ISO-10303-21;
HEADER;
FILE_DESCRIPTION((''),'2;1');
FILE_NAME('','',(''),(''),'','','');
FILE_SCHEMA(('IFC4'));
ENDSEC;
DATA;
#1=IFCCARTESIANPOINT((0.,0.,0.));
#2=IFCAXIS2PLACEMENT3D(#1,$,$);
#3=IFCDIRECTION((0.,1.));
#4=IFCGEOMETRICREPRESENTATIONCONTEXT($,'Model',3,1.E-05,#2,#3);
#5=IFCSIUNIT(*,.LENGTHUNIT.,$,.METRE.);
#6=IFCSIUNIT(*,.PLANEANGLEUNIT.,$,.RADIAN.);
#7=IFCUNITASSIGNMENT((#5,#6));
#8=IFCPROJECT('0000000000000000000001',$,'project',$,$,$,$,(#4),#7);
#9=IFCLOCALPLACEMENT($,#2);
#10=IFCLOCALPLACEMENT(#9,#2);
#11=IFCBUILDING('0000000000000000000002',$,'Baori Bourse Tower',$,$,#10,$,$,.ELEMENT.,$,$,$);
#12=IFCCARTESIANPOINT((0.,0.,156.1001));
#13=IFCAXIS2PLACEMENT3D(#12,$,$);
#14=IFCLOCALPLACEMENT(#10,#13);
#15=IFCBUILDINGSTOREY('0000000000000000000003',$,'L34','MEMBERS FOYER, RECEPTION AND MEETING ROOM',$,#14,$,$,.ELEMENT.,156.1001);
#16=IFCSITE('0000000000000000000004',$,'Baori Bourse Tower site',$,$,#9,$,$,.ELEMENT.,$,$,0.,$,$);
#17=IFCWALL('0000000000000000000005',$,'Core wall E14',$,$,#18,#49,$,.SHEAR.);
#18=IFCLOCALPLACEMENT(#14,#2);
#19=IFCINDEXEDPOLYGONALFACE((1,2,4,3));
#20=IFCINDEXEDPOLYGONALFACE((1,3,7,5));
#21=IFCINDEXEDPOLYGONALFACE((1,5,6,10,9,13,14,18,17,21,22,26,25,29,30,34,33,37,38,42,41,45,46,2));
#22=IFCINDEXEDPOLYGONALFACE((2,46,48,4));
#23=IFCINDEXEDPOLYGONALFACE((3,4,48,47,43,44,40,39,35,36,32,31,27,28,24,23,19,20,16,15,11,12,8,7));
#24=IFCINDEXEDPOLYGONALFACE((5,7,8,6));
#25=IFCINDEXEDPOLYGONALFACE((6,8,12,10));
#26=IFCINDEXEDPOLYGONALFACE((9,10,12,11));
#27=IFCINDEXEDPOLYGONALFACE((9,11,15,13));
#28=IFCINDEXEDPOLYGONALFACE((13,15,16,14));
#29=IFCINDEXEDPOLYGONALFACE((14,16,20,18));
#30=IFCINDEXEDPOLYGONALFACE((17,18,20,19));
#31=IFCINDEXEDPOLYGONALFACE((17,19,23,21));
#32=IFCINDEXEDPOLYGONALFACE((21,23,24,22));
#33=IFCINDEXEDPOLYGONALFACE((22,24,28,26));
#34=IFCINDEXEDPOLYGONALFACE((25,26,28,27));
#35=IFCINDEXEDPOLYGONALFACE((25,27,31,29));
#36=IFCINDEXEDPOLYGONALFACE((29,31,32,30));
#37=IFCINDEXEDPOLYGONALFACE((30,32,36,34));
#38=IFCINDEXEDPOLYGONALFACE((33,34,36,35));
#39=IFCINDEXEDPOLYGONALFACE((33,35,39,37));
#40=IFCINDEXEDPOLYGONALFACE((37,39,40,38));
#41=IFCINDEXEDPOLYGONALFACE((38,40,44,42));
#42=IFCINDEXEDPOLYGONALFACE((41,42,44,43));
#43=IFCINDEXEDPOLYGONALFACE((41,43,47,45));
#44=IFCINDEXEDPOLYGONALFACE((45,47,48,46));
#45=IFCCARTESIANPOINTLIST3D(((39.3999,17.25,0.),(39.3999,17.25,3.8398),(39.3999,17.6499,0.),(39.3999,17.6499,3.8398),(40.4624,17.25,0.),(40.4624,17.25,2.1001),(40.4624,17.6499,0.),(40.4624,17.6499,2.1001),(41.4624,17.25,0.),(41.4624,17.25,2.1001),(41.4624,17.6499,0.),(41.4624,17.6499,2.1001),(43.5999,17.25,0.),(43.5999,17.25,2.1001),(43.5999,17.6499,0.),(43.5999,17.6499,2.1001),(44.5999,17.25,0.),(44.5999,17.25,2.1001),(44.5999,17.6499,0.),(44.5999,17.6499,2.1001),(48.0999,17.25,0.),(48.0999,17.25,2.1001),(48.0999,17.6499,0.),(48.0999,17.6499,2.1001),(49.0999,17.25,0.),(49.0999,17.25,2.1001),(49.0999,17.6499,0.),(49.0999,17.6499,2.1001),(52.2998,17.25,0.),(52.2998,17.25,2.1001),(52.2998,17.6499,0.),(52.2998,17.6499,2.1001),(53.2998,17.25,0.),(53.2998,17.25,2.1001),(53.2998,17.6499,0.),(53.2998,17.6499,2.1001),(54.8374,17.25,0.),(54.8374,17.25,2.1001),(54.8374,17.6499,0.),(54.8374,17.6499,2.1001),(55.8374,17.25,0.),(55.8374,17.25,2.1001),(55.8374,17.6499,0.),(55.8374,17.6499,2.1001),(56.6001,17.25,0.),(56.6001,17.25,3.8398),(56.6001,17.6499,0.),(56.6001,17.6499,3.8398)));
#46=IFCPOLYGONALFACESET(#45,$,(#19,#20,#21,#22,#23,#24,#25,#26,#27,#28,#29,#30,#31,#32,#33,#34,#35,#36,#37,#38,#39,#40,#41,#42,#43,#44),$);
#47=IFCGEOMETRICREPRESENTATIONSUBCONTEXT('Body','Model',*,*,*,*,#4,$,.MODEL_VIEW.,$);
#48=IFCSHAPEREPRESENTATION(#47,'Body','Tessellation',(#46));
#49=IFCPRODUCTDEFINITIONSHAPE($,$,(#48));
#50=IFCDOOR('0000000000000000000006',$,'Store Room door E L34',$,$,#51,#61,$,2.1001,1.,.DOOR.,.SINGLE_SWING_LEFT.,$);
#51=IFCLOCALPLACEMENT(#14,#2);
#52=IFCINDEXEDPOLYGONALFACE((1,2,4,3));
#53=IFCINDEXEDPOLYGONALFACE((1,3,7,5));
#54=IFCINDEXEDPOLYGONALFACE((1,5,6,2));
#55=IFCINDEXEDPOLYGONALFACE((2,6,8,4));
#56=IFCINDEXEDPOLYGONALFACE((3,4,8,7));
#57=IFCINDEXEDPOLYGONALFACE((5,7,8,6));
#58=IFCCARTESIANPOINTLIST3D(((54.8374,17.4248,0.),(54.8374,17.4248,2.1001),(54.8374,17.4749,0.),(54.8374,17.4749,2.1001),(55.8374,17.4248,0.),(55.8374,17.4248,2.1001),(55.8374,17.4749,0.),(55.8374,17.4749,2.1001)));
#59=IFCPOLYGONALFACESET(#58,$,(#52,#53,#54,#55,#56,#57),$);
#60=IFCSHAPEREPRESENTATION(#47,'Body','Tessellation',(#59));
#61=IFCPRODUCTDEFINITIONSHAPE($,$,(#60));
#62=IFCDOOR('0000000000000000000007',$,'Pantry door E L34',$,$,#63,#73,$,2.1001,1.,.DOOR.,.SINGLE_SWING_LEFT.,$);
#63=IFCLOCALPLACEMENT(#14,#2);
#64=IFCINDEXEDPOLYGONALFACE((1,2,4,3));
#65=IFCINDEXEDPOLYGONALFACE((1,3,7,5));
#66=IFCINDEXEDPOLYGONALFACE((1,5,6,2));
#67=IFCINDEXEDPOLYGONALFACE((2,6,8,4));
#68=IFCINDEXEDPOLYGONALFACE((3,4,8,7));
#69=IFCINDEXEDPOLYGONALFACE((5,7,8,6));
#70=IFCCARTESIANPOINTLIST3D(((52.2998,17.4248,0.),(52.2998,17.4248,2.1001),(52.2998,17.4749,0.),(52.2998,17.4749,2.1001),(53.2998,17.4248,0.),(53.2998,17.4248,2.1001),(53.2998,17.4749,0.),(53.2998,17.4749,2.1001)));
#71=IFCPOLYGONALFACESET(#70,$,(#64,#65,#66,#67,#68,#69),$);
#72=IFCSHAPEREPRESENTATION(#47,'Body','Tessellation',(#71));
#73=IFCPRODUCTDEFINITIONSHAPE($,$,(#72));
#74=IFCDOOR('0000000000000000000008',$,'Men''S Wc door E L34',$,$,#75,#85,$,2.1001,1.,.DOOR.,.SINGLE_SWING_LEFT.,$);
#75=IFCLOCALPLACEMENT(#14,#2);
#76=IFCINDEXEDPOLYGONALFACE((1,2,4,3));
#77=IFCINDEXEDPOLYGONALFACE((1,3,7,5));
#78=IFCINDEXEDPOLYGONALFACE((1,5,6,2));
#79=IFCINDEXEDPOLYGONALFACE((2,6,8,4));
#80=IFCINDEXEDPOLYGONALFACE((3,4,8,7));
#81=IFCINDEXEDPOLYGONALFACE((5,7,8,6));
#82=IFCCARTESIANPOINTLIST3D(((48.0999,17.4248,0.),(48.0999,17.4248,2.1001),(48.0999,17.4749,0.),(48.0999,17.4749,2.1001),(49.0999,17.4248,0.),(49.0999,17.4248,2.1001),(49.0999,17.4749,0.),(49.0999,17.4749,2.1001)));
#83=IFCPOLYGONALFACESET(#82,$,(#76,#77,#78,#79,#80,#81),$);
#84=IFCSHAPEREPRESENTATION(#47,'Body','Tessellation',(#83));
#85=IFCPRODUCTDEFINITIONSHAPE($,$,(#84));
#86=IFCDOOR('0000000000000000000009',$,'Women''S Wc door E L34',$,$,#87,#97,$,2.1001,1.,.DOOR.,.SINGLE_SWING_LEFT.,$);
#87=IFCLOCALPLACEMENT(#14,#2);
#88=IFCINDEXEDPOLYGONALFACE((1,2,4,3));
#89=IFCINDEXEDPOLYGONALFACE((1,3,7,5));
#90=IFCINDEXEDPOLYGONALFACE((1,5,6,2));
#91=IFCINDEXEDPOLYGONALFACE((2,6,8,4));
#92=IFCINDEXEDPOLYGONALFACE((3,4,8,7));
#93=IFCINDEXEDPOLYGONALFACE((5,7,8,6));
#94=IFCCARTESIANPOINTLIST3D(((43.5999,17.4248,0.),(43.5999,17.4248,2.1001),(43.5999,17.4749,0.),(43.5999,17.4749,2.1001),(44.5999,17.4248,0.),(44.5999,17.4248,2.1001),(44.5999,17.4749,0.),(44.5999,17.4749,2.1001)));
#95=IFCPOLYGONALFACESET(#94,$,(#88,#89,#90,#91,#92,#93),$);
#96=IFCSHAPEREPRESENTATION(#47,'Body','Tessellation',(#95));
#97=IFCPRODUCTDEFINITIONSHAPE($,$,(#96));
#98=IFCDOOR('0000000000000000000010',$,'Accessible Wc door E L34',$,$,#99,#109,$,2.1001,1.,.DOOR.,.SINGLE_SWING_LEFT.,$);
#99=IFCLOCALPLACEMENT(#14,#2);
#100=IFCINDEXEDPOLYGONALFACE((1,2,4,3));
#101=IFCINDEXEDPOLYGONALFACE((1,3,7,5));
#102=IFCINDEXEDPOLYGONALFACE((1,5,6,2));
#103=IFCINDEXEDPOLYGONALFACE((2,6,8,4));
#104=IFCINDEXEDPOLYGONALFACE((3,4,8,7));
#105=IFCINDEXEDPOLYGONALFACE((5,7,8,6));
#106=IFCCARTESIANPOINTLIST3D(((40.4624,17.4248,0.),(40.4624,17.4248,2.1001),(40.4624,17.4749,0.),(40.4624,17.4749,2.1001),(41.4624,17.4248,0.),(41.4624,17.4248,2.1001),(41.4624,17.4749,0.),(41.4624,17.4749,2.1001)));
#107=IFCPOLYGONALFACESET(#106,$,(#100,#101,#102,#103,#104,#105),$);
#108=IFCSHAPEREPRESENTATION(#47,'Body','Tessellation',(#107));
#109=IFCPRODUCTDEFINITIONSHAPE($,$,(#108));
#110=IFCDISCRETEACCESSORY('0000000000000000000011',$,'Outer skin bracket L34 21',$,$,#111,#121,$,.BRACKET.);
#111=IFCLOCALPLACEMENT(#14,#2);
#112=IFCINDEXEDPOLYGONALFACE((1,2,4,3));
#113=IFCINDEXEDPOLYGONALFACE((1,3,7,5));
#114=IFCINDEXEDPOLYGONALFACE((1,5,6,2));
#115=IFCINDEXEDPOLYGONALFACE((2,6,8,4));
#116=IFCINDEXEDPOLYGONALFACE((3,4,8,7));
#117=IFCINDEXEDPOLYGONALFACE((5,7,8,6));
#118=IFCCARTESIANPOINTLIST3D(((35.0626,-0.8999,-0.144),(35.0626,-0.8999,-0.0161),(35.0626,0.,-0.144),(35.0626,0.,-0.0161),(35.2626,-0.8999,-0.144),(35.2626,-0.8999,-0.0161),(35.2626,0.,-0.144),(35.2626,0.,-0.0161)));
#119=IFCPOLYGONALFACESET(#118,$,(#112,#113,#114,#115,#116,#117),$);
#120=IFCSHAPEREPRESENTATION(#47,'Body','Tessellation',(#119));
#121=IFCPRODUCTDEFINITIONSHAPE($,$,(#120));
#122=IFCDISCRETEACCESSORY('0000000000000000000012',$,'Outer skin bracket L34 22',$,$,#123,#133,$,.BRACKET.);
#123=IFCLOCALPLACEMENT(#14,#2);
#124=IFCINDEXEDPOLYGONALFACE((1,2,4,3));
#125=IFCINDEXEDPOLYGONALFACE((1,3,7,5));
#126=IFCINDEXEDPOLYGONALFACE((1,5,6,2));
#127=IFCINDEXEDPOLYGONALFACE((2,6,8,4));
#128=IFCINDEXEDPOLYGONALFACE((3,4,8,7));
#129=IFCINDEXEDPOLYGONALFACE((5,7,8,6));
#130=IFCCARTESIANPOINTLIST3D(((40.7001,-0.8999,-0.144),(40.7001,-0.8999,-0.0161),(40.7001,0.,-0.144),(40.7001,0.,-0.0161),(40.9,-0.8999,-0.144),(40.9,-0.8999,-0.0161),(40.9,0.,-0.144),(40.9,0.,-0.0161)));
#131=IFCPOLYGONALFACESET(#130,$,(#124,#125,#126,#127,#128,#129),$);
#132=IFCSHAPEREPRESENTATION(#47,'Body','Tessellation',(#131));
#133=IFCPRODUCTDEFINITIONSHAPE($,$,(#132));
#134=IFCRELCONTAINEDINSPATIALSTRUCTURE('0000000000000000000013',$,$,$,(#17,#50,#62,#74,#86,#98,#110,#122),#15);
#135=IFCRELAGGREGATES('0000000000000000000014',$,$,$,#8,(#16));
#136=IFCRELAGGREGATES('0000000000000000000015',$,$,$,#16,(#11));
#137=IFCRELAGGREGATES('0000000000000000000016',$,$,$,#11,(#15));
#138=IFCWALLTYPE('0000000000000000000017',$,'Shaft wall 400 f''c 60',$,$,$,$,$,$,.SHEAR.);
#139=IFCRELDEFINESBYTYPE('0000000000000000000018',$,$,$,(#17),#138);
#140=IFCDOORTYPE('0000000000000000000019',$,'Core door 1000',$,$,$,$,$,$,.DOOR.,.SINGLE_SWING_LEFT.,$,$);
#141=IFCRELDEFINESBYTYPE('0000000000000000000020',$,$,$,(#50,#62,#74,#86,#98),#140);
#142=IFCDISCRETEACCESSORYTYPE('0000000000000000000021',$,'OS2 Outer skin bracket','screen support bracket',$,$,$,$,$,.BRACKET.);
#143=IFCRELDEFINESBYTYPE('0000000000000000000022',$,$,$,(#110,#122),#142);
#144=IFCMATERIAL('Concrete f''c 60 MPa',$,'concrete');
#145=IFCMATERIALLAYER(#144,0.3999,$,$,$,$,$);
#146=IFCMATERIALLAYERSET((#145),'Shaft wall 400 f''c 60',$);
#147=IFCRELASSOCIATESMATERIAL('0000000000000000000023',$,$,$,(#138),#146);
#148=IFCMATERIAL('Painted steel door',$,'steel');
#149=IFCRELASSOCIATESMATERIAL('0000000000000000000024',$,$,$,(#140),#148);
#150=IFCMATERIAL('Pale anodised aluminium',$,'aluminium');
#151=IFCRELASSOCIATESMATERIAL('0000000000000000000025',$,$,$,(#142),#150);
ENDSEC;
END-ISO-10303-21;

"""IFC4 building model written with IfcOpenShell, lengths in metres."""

from ifc_helpers import new_model, si_unit, direction, frame, frame_2d, origin, origin_2d, place, context, subcontext, project, spatial, rectangle, extrude, material, layer, layer_set, type_object, element, fill, save


model = new_model("IFC4")

# Units and contexts
model_context = context("Model", 3, precision=1e-05, world=origin(), true_north=direction((0.0, 1.0)))
body_context = subcontext(model_context, "Body", "Model", "MODEL_VIEW")
ifc_project = project(units=[si_unit("LENGTHUNIT", "METRE"), si_unit("PLANEANGLEUNIT", "RADIAN")], contexts=[model_context])

# Site, building, storey
site_placement = place(None, origin())
site = spatial("IfcSite", under=ifc_project, at=site_placement, Name="Baori Bourse Tower site", CompositionType="ELEMENT", RefElevation=0.0)
building_placement = place(site_placement, origin())
building = spatial("IfcBuilding", under=site, at=building_placement, Name="Baori Bourse Tower", CompositionType="ELEMENT")
storey_placement = place(building_placement, frame((0.0, 0.0, 156.1001)))
storey = spatial("IfcBuildingStorey", under=building, at=storey_placement, Name="L34", Description="MEMBERS FOYER, RECEPTION AND MEETING ROOM", CompositionType="ELEMENT", Elevation=156.1001)

# Shared definitions
ifc_material_1 = material(Name="Concrete f'c 60 MPa", Category="concrete")
ifc_layer_1 = layer(ifc_material_1, 0.3999)
ifc_layer_set_1 = layer_set([ifc_layer_1], Name="Shaft wall 400 f'c 60")
wall_type_1 = type_object("IfcWallType", Name="Shaft wall 400 f'c 60", PredefinedType="SHEAR", material=ifc_layer_set_1)

# Wall, openings, doors
wall_1_placement = place(storey_placement, frame((39.3999, 17.45, 0.0), z_axis=(0.0, 0.0, 1.0), x_axis=(1.0, 0.0, 0.0)))
wall_1 = element("IfcWall", 1, at=wall_1_placement, inside=storey, type_object=wall_type_1, Name="Core wall E14", PredefinedType="SHEAR", context=body_context, shape_type="SweptSolid", body=[
    extrude(rectangle(XDim=17.2002, YDim=0.3999, at=frame_2d((8.6001, 0.0))), origin(), (0.0, 0.0, 1.0), 3.8398),
])
opening_1_placement = place(wall_1_placement, frame((15.4375, 0.0, 0.0)))
opening_1 = element("IfcOpeningElement", 2, at=opening_1_placement, cuts=wall_1, PredefinedType="OPENING", context=body_context, shape_type="SweptSolid", body=[
    extrude(rectangle(XDim=1.0, YDim=2.1001, at=frame_2d((0.5, 1.05))), frame((0.0, 0.21, 0.0), z_axis=(0.0, -1.0, 0.0), x_axis=(1.0, 0.0, 0.0)), (0.0, 0.0, 1.0), 0.4199),
])
opening_2_placement = place(wall_1_placement, frame((12.8999, 0.0, 0.0)))
opening_2 = element("IfcOpeningElement", 3, at=opening_2_placement, cuts=wall_1, PredefinedType="OPENING", context=body_context, shape_type="SweptSolid", body=[
    extrude(rectangle(XDim=1.0, YDim=2.1001, at=frame_2d((0.5, 1.05))), frame((0.0, 0.21, 0.0), z_axis=(0.0, -1.0, 0.0), x_axis=(1.0, 0.0, 0.0)), (0.0, 0.0, 1.0), 0.4199),
])
opening_3_placement = place(wall_1_placement, frame((8.7, 0.0, 0.0)))
opening_3 = element("IfcOpeningElement", 4, at=opening_3_placement, cuts=wall_1, PredefinedType="OPENING", context=body_context, shape_type="SweptSolid", body=[
    extrude(rectangle(XDim=1.0, YDim=2.1001, at=frame_2d((0.5, 1.05))), frame((0.0, 0.21, 0.0), z_axis=(0.0, -1.0, 0.0), x_axis=(1.0, 0.0, 0.0)), (0.0, 0.0, 1.0), 0.4199),
])
opening_4_placement = place(wall_1_placement, frame((4.2, 0.0, 0.0)))
opening_4 = element("IfcOpeningElement", 5, at=opening_4_placement, cuts=wall_1, PredefinedType="OPENING", context=body_context, shape_type="SweptSolid", body=[
    extrude(rectangle(XDim=1.0, YDim=2.1001, at=frame_2d((0.5, 1.05))), frame((0.0, 0.21, 0.0), z_axis=(0.0, -1.0, 0.0), x_axis=(1.0, 0.0, 0.0)), (0.0, 0.0, 1.0), 0.4199),
])
opening_5_placement = place(wall_1_placement, frame((1.0625, 0.0, 0.0)))
opening_5 = element("IfcOpeningElement", 6, at=opening_5_placement, cuts=wall_1, PredefinedType="OPENING", context=body_context, shape_type="SweptSolid", body=[
    extrude(rectangle(XDim=1.0, YDim=2.1001, at=frame_2d((0.5, 1.05))), frame((0.0, 0.21, 0.0), z_axis=(0.0, -1.0, 0.0), x_axis=(1.0, 0.0, 0.0)), (0.0, 0.0, 1.0), 0.4199),
])
ifc_material_2 = material(Name="Painted steel door", Category="steel")
door_type_1 = type_object("IfcDoorType", Name="Core door 1000", OperationType="SINGLE_SWING_LEFT", PredefinedType="DOOR", material=ifc_material_2)
door_1_placement = place(opening_1_placement, origin())
door_1 = element("IfcDoor", 7, at=door_1_placement, inside=storey, type_object=door_type_1, Name="Store Room door E L34", OperationType="SINGLE_SWING_LEFT", OverallHeight=2.1001, OverallWidth=1.0, PredefinedType="DOOR", context=body_context, shape_type="SweptSolid", body=[
    extrude(rectangle(XDim=1.0, YDim=2.1001, at=frame_2d((0.5, 1.05))), frame((0.0, 0.0249, 0.0), z_axis=(0.0, -1.0, 0.0), x_axis=(1.0, 0.0, 0.0)), (0.0, 0.0, 1.0), 0.05),
])
fill(opening_1, door_1)
door_2_placement = place(opening_2_placement, origin())
door_2 = element("IfcDoor", 8, at=door_2_placement, inside=storey, type_object=door_type_1, Name="Pantry door E L34", OperationType="SINGLE_SWING_LEFT", OverallHeight=2.1001, OverallWidth=1.0, PredefinedType="DOOR", context=body_context, shape_type="SweptSolid", body=[
    extrude(rectangle(XDim=1.0, YDim=2.1001, at=frame_2d((0.5, 1.05))), frame((0.0, 0.0249, 0.0), z_axis=(0.0, -1.0, 0.0), x_axis=(1.0, 0.0, 0.0)), (0.0, 0.0, 1.0), 0.05),
])
fill(opening_2, door_2)
door_3_placement = place(opening_3_placement, origin())
door_3 = element("IfcDoor", 9, at=door_3_placement, inside=storey, type_object=door_type_1, Name="Men'S Wc door E L34", OperationType="SINGLE_SWING_LEFT", OverallHeight=2.1001, OverallWidth=1.0, PredefinedType="DOOR", context=body_context, shape_type="SweptSolid", body=[
    extrude(rectangle(XDim=1.0, YDim=2.1001, at=frame_2d((0.5, 1.05))), frame((0.0, 0.0249, 0.0), z_axis=(0.0, -1.0, 0.0), x_axis=(1.0, 0.0, 0.0)), (0.0, 0.0, 1.0), 0.05),
])
fill(opening_3, door_3)
door_4_placement = place(opening_4_placement, origin())
door_4 = element("IfcDoor", 10, at=door_4_placement, inside=storey, type_object=door_type_1, Name="Women'S Wc door E L34", OperationType="SINGLE_SWING_LEFT", OverallHeight=2.1001, OverallWidth=1.0, PredefinedType="DOOR", context=body_context, shape_type="SweptSolid", body=[
    extrude(rectangle(XDim=1.0, YDim=2.1001, at=frame_2d((0.5, 1.05))), frame((0.0, 0.0249, 0.0), z_axis=(0.0, -1.0, 0.0), x_axis=(1.0, 0.0, 0.0)), (0.0, 0.0, 1.0), 0.05),
])
fill(opening_4, door_4)
door_5_placement = place(opening_5_placement, origin())
door_5 = element("IfcDoor", 11, at=door_5_placement, inside=storey, type_object=door_type_1, Name="Accessible Wc door E L34", OperationType="SINGLE_SWING_LEFT", OverallHeight=2.1001, OverallWidth=1.0, PredefinedType="DOOR", context=body_context, shape_type="SweptSolid", body=[
    extrude(rectangle(XDim=1.0, YDim=2.1001, at=frame_2d((0.5, 1.05))), frame((0.0, 0.0249, 0.0), z_axis=(0.0, -1.0, 0.0), x_axis=(1.0, 0.0, 0.0)), (0.0, 0.0, 1.0), 0.05),
])
fill(opening_5, door_5)

# Discrete accessories
ifc_material_3 = material(Name="Pale anodised aluminium", Category="aluminium")
discrete_accessory_type = type_object("IfcDiscreteAccessoryType", Name="OS2 Outer skin bracket", Description="screen support bracket", PredefinedType="BRACKET", material=ifc_material_3)
for number, where, z_axis, x_axis, name in (
    (12, (35.1626, -0.45, -0.144), (0.0, 0.0, 1.0), (1.0, 0.0, 0.0), "Outer skin bracket L34 21"),
    (13, (40.8, -0.45, -0.144), (0.0, 0.0, 1.0), (1.0, 0.0, 0.0), "Outer skin bracket L34 22"),
):
    element("IfcDiscreteAccessory", number, at=place(storey_placement, frame(where, z_axis=z_axis, x_axis=x_axis)), inside=storey, type_object=discrete_accessory_type, Name=name, PredefinedType="BRACKET", context=body_context, shape_type="SweptSolid", body=[
        extrude(rectangle(XDim=0.2, YDim=0.8999, at=origin_2d()), origin(), (0.0, 0.0, 1.0), 0.1279),
    ])

save(model, "model.ifc")
